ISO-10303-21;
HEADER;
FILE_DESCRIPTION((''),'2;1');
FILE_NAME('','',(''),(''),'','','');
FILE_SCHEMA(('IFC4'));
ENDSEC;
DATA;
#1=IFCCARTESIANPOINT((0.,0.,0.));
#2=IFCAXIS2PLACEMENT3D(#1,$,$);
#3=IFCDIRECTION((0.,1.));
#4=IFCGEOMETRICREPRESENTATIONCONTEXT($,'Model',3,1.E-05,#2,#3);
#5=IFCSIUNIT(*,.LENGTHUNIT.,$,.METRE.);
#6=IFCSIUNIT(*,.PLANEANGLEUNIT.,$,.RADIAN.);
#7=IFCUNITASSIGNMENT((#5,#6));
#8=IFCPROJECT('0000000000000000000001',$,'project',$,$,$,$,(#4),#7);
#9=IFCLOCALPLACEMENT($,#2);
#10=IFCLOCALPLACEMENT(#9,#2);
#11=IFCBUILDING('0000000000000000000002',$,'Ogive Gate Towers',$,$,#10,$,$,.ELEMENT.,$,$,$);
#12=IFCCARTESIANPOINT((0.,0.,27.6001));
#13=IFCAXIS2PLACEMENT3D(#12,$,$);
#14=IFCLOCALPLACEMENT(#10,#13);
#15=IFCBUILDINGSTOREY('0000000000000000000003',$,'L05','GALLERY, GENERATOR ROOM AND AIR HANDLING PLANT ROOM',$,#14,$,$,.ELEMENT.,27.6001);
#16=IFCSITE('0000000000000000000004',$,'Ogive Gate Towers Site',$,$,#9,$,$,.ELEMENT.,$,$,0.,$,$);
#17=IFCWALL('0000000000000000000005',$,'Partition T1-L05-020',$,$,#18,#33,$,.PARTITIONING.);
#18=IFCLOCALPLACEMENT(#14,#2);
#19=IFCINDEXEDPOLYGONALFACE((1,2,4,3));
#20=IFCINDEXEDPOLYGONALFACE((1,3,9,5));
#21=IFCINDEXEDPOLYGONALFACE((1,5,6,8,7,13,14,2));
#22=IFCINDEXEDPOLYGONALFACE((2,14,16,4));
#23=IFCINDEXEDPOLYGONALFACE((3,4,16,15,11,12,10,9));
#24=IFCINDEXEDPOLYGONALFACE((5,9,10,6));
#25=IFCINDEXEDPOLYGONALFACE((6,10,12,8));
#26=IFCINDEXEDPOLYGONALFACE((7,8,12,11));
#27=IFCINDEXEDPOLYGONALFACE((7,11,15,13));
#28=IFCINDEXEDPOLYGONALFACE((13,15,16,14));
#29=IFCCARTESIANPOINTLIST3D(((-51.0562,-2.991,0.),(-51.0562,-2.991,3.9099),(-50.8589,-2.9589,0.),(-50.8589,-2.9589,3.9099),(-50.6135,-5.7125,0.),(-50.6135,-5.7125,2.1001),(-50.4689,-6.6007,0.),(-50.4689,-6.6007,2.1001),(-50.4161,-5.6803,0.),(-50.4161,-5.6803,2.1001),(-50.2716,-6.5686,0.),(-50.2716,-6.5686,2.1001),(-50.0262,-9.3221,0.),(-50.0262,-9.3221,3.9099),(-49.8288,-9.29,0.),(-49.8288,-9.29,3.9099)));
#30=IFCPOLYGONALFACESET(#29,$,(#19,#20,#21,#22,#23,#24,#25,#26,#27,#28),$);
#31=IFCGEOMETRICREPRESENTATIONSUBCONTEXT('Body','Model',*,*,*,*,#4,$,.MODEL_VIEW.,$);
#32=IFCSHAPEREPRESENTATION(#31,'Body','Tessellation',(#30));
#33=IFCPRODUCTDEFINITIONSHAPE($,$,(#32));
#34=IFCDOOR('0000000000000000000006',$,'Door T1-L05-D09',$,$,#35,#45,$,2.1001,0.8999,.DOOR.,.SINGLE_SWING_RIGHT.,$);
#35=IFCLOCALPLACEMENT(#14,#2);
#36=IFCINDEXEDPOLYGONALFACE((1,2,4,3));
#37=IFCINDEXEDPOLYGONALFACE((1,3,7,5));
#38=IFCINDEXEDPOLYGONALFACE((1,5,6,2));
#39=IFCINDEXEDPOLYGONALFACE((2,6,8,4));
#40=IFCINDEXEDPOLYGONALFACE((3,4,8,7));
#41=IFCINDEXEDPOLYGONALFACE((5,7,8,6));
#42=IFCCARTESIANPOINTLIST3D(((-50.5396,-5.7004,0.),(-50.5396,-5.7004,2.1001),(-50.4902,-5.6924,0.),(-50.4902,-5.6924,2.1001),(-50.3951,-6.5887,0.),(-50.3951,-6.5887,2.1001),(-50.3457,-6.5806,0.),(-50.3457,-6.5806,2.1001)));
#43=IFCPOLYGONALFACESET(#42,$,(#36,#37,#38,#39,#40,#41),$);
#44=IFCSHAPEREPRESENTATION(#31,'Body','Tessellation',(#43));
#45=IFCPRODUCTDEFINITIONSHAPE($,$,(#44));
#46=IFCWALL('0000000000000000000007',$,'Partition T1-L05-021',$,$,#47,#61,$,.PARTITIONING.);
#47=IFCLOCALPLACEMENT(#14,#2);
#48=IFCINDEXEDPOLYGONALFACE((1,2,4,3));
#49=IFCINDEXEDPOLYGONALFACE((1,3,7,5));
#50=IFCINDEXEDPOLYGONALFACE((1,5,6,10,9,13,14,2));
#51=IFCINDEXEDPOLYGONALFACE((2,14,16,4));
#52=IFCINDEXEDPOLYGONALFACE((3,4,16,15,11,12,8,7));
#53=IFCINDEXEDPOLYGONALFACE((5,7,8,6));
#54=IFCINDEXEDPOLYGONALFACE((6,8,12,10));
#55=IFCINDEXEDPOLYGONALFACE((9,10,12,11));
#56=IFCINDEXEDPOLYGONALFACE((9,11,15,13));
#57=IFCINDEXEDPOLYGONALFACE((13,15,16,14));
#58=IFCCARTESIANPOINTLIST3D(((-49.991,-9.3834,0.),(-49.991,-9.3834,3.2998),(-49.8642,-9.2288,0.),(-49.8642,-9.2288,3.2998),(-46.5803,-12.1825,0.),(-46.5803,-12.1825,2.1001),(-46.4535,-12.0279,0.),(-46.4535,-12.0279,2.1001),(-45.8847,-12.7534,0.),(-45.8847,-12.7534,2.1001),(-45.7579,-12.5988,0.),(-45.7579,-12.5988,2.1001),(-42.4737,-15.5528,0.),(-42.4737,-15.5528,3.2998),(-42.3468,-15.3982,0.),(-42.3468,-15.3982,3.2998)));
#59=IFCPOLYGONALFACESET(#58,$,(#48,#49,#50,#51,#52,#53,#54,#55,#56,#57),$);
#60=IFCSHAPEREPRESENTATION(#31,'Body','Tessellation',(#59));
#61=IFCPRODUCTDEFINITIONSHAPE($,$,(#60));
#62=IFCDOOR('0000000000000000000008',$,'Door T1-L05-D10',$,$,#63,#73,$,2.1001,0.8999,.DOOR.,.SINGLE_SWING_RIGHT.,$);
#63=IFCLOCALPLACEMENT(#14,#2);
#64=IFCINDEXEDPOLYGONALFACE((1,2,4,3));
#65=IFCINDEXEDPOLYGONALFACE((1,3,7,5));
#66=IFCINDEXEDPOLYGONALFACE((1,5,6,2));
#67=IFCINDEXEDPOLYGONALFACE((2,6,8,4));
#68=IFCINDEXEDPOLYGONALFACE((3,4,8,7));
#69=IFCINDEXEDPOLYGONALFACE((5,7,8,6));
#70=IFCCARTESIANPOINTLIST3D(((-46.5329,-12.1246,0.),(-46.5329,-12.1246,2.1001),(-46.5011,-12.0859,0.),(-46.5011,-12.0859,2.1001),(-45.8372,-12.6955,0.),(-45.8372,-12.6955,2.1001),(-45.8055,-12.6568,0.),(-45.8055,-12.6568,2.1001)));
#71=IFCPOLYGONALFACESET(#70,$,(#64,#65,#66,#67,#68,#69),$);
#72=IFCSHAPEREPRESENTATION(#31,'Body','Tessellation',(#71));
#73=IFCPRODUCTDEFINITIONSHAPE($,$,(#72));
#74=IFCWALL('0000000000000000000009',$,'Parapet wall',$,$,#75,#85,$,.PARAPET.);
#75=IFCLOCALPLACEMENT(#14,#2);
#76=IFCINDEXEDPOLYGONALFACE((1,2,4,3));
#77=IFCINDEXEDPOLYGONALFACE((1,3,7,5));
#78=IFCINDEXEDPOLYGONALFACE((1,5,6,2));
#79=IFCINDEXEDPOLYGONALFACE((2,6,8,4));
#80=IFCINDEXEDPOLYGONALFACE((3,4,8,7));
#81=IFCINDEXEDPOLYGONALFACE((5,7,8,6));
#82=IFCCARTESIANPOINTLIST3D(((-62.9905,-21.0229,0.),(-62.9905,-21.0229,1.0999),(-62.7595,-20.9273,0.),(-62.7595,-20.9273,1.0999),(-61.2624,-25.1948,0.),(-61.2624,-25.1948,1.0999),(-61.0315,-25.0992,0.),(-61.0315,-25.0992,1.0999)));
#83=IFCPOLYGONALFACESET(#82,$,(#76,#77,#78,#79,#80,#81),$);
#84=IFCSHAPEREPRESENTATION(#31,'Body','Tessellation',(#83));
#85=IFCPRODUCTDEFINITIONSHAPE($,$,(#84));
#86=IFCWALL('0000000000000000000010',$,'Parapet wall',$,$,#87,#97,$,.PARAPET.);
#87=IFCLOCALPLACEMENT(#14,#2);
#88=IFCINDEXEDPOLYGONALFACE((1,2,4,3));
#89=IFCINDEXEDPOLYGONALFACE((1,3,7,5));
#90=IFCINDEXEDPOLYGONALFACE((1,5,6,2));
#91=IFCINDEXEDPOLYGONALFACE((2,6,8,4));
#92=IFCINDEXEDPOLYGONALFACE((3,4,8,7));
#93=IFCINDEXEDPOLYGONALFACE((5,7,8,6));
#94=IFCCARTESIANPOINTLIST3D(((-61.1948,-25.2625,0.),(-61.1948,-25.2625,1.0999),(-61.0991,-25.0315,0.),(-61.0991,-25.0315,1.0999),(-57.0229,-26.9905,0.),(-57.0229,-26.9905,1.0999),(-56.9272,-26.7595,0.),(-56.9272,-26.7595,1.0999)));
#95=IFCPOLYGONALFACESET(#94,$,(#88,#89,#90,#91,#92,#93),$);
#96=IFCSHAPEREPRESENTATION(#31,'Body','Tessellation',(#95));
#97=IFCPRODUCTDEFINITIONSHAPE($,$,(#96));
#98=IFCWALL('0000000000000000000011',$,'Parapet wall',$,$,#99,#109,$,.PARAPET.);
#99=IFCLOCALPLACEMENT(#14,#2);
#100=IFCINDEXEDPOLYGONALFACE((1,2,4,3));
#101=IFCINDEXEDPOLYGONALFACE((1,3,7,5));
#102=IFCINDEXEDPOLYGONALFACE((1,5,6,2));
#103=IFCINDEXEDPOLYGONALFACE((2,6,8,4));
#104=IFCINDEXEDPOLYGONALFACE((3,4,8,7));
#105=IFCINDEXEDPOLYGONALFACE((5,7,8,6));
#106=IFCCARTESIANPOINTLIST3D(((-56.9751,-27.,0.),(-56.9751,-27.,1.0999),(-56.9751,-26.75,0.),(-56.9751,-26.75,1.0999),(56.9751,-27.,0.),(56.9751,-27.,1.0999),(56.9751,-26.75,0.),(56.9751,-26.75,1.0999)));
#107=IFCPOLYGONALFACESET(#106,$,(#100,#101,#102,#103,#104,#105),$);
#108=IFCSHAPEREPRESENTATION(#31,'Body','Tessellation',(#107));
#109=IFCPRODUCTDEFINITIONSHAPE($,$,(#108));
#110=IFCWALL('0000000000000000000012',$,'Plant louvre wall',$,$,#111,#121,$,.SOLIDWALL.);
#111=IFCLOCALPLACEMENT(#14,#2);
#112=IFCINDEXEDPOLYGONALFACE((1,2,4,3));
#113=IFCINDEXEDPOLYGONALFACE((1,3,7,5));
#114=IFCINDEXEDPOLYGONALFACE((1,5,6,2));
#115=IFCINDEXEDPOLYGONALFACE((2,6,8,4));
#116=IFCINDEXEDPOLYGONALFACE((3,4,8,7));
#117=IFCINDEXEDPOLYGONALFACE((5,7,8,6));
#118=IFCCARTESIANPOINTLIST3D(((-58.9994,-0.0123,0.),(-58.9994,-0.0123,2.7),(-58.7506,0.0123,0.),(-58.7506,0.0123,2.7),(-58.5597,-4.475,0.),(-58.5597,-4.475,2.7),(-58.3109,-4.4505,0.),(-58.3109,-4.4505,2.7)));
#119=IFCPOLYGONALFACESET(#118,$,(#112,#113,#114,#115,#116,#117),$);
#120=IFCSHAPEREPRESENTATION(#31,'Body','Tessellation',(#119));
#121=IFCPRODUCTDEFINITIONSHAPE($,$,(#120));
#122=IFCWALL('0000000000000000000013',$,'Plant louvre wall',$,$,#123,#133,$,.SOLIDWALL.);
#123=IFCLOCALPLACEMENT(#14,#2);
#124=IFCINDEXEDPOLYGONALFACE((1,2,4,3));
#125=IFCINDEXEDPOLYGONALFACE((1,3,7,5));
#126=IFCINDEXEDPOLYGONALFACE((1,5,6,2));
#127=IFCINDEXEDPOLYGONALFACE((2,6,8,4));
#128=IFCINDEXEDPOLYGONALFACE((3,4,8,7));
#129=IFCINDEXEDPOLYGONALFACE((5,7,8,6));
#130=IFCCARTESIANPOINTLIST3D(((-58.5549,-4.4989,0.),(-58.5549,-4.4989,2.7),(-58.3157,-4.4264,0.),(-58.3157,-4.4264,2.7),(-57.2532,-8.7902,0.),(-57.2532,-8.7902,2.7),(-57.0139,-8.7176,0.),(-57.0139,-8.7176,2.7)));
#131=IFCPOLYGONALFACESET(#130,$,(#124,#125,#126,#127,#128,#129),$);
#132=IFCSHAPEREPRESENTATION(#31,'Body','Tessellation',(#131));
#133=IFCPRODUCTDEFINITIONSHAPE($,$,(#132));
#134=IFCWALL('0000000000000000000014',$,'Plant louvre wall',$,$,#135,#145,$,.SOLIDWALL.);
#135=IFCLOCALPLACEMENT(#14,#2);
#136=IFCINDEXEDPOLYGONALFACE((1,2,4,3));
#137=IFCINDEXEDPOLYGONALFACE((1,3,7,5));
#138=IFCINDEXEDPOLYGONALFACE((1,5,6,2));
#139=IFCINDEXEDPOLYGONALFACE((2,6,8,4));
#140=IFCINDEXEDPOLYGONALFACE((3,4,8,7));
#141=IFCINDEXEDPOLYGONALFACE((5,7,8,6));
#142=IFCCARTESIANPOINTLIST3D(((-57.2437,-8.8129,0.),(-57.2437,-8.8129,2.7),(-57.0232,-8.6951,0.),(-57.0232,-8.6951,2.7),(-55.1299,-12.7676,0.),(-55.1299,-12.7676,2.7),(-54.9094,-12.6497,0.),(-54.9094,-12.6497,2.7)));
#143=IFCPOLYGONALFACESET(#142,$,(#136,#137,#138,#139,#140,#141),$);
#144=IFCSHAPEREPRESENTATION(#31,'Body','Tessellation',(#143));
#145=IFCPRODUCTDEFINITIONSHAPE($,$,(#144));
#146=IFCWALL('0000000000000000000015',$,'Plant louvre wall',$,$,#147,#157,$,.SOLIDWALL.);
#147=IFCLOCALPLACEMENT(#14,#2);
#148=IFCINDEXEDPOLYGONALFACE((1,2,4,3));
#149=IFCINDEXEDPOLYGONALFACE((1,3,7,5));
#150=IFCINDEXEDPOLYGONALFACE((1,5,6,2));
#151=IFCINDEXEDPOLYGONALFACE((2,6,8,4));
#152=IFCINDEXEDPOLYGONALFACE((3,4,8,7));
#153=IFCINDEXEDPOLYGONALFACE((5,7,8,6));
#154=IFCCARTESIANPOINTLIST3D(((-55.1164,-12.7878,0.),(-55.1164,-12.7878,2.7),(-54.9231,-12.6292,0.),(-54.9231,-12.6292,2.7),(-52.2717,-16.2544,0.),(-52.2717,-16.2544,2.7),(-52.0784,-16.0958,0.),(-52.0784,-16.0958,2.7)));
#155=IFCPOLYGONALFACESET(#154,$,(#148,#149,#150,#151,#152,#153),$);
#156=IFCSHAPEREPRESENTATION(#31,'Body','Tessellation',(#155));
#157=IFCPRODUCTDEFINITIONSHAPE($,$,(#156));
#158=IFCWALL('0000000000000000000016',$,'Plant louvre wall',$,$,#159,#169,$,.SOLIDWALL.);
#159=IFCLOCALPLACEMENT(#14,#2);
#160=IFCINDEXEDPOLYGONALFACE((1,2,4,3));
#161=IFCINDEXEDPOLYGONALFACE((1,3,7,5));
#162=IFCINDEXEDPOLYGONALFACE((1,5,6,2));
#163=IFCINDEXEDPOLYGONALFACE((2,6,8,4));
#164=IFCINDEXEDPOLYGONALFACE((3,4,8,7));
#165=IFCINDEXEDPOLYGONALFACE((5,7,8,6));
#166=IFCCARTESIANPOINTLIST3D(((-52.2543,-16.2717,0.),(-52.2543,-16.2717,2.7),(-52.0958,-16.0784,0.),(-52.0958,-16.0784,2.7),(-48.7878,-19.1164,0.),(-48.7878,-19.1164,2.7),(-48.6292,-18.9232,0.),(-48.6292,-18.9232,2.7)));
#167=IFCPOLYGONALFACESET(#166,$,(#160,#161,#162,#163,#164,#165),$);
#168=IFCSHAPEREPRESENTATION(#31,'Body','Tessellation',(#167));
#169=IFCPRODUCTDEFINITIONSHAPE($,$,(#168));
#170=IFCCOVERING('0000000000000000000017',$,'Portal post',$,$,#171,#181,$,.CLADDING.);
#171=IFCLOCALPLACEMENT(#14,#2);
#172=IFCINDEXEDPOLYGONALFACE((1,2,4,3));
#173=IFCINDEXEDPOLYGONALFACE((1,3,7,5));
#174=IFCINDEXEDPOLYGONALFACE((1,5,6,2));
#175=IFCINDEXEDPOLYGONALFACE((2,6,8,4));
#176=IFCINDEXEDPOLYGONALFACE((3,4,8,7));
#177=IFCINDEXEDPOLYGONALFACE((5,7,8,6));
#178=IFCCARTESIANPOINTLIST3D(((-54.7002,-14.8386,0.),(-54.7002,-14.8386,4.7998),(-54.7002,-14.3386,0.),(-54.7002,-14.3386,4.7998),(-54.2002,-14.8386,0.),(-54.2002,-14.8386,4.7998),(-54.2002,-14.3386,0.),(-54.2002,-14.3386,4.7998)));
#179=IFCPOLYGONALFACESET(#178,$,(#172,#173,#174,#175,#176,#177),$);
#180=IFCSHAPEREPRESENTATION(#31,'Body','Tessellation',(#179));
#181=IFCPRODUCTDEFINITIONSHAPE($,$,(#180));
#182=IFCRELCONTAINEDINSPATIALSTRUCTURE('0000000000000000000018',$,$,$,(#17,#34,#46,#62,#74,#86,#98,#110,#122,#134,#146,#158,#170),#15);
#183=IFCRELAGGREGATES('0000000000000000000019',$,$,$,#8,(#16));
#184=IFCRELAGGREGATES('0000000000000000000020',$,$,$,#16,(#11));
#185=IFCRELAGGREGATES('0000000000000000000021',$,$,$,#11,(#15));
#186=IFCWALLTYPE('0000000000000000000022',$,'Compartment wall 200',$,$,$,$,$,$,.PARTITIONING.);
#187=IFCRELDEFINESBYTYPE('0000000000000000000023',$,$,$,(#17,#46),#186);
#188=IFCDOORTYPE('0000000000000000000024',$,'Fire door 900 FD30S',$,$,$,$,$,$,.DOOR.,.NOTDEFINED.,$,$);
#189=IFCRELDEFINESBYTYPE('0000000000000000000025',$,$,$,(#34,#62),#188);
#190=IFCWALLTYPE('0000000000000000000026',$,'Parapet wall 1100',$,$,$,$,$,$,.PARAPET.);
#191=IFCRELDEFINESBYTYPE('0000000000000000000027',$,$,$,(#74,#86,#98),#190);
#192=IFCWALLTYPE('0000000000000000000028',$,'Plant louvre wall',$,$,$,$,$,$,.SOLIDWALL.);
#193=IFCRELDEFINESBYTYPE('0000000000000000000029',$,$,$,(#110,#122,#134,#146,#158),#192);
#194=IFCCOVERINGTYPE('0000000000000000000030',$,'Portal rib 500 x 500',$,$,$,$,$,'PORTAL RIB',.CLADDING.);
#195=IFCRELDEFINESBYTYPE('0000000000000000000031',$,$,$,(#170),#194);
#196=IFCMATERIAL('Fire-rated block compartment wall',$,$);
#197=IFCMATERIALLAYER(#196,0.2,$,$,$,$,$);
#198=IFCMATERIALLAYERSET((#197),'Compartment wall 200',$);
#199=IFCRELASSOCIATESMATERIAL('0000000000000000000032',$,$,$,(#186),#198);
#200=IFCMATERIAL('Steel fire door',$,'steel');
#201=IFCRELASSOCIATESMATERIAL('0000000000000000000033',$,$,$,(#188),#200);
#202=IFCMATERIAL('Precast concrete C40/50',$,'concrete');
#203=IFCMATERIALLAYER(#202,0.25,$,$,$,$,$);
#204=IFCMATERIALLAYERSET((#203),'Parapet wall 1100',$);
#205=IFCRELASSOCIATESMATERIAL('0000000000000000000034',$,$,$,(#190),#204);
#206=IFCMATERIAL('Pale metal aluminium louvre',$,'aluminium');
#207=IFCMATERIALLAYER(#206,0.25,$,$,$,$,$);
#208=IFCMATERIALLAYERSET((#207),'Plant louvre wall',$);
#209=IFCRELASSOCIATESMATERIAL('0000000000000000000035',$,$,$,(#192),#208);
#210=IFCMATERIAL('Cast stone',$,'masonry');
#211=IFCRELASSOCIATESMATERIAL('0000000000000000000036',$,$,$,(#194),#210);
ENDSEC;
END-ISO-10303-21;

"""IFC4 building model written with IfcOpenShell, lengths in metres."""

from ifc_helpers import new_model, si_unit, direction, frame, frame_2d, origin, origin_2d, place, context, subcontext, project, spatial, rectangle, extrude, material, layer, layer_set, material_profile, profile_set, type_object, element, fill, save


model = new_model("IFC4")

# Units and contexts
model_context = context("Model", 3, precision=1e-05, world=origin(), true_north=direction((0.0, 1.0)))
body_context = subcontext(model_context, "Body", "Model", "MODEL_VIEW")
ifc_project = project(units=[si_unit("LENGTHUNIT", "METRE"), si_unit("PLANEANGLEUNIT", "RADIAN")], contexts=[model_context])

# Site, building, storey
site_placement = place(None, origin())
site = spatial("IfcSite", under=ifc_project, at=site_placement, Name="Ogive Gate Towers Site", CompositionType="ELEMENT", RefElevation=0.0)
building_placement = place(site_placement, origin())
building = spatial("IfcBuilding", under=site, at=building_placement, Name="Ogive Gate Towers", CompositionType="ELEMENT")
storey_placement = place(building_placement, frame((0.0, 0.0, 27.6001)))
storey = spatial("IfcBuildingStorey", under=building, at=storey_placement, Name="L05", Description="GALLERY, GENERATOR ROOM AND AIR HANDLING PLANT ROOM", CompositionType="ELEMENT", Elevation=27.6001)

# Shared definitions
ifc_material_1 = material(Name="Fire-rated block compartment wall")
ifc_layer_1 = layer(ifc_material_1, 0.2)
ifc_layer_set_1 = layer_set([ifc_layer_1], Name="Compartment wall 200")
wall_type_1 = type_object("IfcWallType", Name="Compartment wall 200", PredefinedType="PARTITIONING", material=ifc_layer_set_1)

# Walls, openings, doors
wall_1_placement = place(storey_placement, frame((-50.9575, -2.9751, 0.0), z_axis=(0.0, 0.0, 1.0), x_axis=(0.160583, -0.987022, 0.0)))
wall_1 = element("IfcWall", 1, at=wall_1_placement, inside=storey, type_object=wall_type_1, Name="Partition T1-L05-020", PredefinedType="PARTITIONING", context=body_context, shape_type="SweptSolid", body=[
    extrude(rectangle(XDim=6.4143, YDim=0.2, at=frame_2d((3.207, 0.0))), origin(), (0.0, 0.0, 1.0), 3.9099),
])
opening_1_placement = place(wall_1_placement, frame((2.7571, 0.0, 0.0)))
opening_1 = element("IfcOpeningElement", 2, at=opening_1_placement, cuts=wall_1, PredefinedType="OPENING", context=body_context, shape_type="SweptSolid", body=[
    extrude(rectangle(XDim=0.8999, YDim=2.1001, at=frame_2d((0.45, 1.05))), frame((0.0, 0.1099, 0.0), z_axis=(0.0, -1.0, 0.0), x_axis=(1.0, 0.0, 0.0)), (0.0, 0.0, 1.0), 0.22),
])
ifc_material_2 = material(Name="Steel fire door", Category="steel")
door_type = type_object("IfcDoorType", Name="Fire door 900 FD30S", OperationType="NOTDEFINED", PredefinedType="DOOR", material=ifc_material_2)
door_1_placement = place(opening_1_placement, origin())
door_1 = element("IfcDoor", 3, at=door_1_placement, inside=storey, type_object=door_type, Name="Door T1-L05-D09", OperationType="SINGLE_SWING_RIGHT", OverallHeight=2.1001, OverallWidth=0.8999, PredefinedType="DOOR", context=body_context, shape_type="SweptSolid", body=[
    extrude(rectangle(XDim=0.8999, YDim=2.1001, at=frame_2d((0.45, 1.05))), frame((0.0, 0.0249, 0.0), z_axis=(0.0, -1.0, 0.0), x_axis=(1.0, 0.0, 0.0)), (0.0, 0.0, 1.0), 0.05),
])
fill(opening_1, door_1)
wall_2_placement = place(storey_placement, frame((-49.9275, -9.3062, 0.0), z_axis=(0.0, 0.0, 1.0), x_axis=(0.773005, -0.6344, 0.0)))
wall_2 = element("IfcWall", 4, at=wall_2_placement, inside=storey, type_object=wall_type_1, Name="Partition T1-L05-021", PredefinedType="PARTITIONING", context=body_context, shape_type="SweptSolid", body=[
    extrude(rectangle(XDim=9.7249, YDim=0.2, at=frame_2d((4.8623, 0.0))), origin(), (0.0, 0.0, 1.0), 3.2998),
])
opening_2_placement = place(wall_2_placement, frame((4.4121, 0.0, 0.0)))
opening_2 = element("IfcOpeningElement", 5, at=opening_2_placement, cuts=wall_2, PredefinedType="OPENING", context=body_context, shape_type="SweptSolid", body=[
    extrude(rectangle(XDim=0.8999, YDim=2.1001, at=frame_2d((0.45, 1.05))), frame((0.0, 0.1099, 0.0), z_axis=(0.0, -1.0, 0.0), x_axis=(1.0, 0.0, 0.0)), (0.0, 0.0, 1.0), 0.22),
])
door_2_placement = place(opening_2_placement, origin())
door_2 = element("IfcDoor", 6, at=door_2_placement, inside=storey, type_object=door_type, Name="Door T1-L05-D10", OperationType="SINGLE_SWING_RIGHT", OverallHeight=2.1001, OverallWidth=0.8999, PredefinedType="DOOR", context=body_context, shape_type="SweptSolid", body=[
    extrude(rectangle(XDim=0.8999, YDim=2.1001, at=frame_2d((0.45, 1.05))), frame((0.0, 0.0249, 0.0), z_axis=(0.0, -1.0, 0.0), x_axis=(1.0, 0.0, 0.0)), (0.0, 0.0, 1.0), 0.05),
])
fill(opening_2, door_2)

# Walls
ifc_material_3 = material(Name="Precast concrete C40/50", Category="concrete")
ifc_layer_2 = layer(ifc_material_3, 0.25)
ifc_layer_set_2 = layer_set([ifc_layer_2], Name="Parapet wall 1100")
wall_type_2 = type_object("IfcWallType", Name="Parapet wall 1100", PredefinedType="PARAPET", material=ifc_layer_set_2)
for number, where, z_axis, x_axis, name in (
    (7, (-62.875, -20.9751, 0.0), (0.0, 0.0, 1.0), (0.38268, -0.923881, 0.0), "Parapet wall"),
    (8, (-61.147, -25.147, 0.0), (0.0, 0.0, 1.0), (0.923881, -0.38268, 0.0), "Parapet wall"),
):
    element("IfcWall", number, at=place(storey_placement, frame(where, z_axis=z_axis, x_axis=x_axis)), inside=storey, type_object=wall_type_2, Name=name, PredefinedType="PARAPET", context=body_context, shape_type="SweptSolid", body=[
        extrude(rectangle(XDim=4.5156, YDim=0.25, at=frame_2d((2.2578, 0.0))), origin(), (0.0, 0.0, 1.0), 1.0999),
    ])
wall_3_placement = place(storey_placement, frame((-56.9751, -26.875, 0.0), z_axis=(0.0, 0.0, 1.0), x_axis=(1.0, 0.0, 0.0)))
element("IfcWall", 9, at=wall_3_placement, inside=storey, type_object=wall_type_2, Name="Parapet wall", PredefinedType="PARAPET", context=body_context, shape_type="SweptSolid", body=[
    extrude(rectangle(XDim=113.9502, YDim=0.25, at=frame_2d((56.9751, 0.0))), origin(), (0.0, 0.0, 1.0), 1.0999),
])
ifc_material_4 = material(Name="Pale metal aluminium louvre", Category="aluminium")
ifc_layer_3 = layer(ifc_material_4, 0.25)
ifc_layer_set_3 = layer_set([ifc_layer_3], Name="Plant louvre wall")
wall_type_3 = type_object("IfcWallType", Name="Plant louvre wall", PredefinedType="SOLIDWALL", material=ifc_layer_set_3)
for number, where, z_axis, x_axis, name in (
    (10, (-58.875, 0.0, 0.0), (0.0, 0.0, 1.0), (0.098054, -0.995181, 0.0), "Plant louvre wall"),
    (11, (-58.4353, -4.4626, 0.0), (0.0, 0.0, 1.0), (0.290288, -0.956939, 0.0), "Plant louvre wall"),
):
    element("IfcWall", number, at=place(storey_placement, frame(where, z_axis=z_axis, x_axis=x_axis)), inside=storey, type_object=wall_type_3, Name=name, PredefinedType="SOLIDWALL", context=body_context, shape_type="SweptSolid", body=[
        extrude(rectangle(XDim=4.4844, YDim=0.25, at=frame_2d((2.2422, 0.0))), origin(), (0.0, 0.0, 1.0), 2.7),
    ])
wall_4_placement = place(storey_placement, frame((-57.1335, -8.7539, 0.0), z_axis=(0.0, 0.0, 1.0), x_axis=(0.471396, -0.881922, 0.0)))
element("IfcWall", 12, at=wall_4_placement, inside=storey, type_object=wall_type_3, Name="Plant louvre wall", PredefinedType="SOLIDWALL", context=body_context, shape_type="SweptSolid", body=[
    extrude(rectangle(XDim=4.4841, YDim=0.25, at=frame_2d((2.2422, 0.0))), origin(), (0.0, 0.0, 1.0), 2.7),
])
for number, where, z_axis, x_axis, name in (
    (13, (-55.0198, -12.7085, 0.0), (0.0, 0.0, 1.0), (0.634367, -0.773032, 0.0), "Plant louvre wall"),
    (14, (-52.175, -16.175, 0.0), (0.0, 0.0, 1.0), (0.773032, -0.634367, 0.0), "Plant louvre wall"),
):
    element("IfcWall", number, at=place(storey_placement, frame(where, z_axis=z_axis, x_axis=x_axis)), inside=storey, type_object=wall_type_3, Name=name, PredefinedType="SOLIDWALL", context=body_context, shape_type="SweptSolid", body=[
        extrude(rectangle(XDim=4.4844, YDim=0.25, at=frame_2d((2.2422, 0.0))), origin(), (0.0, 0.0, 1.0), 2.7),
    ])

# Covering
ifc_material_5 = material(Name="Cast stone", Category="masonry")
ifc_material_profile_1 = material_profile(ifc_material_5, rectangle(XDim=0.5, YDim=0.5, at=origin_2d()), Name="500 x 500 cast stone")
ifc_profile_set_1 = profile_set([ifc_material_profile_1], Name="Cast stone")
covering_type = type_object("IfcCoveringType", Name="Portal rib 500 x 500", ElementType="PORTAL RIB", PredefinedType="CLADDING", material=ifc_profile_set_1)
for number, where, z_axis, x_axis, name in (
    (15, (-54.4502, -14.5886, 0.0), (0.0, 0.0, 1.0), (1.0, 0.0, 0.0), "Portal post"),
):
    element("IfcCovering", number, at=place(storey_placement, frame(where, z_axis=z_axis, x_axis=x_axis)), inside=storey, type_object=covering_type, Name=name, PredefinedType="CLADDING", context=body_context, shape_type="SweptSolid", body=[
        extrude(rectangle(XDim=0.5, YDim=0.5, at=origin_2d()), origin(), (0.0, 0.0, 1.0), 4.7998),
    ])

save(model, "model.ifc")
